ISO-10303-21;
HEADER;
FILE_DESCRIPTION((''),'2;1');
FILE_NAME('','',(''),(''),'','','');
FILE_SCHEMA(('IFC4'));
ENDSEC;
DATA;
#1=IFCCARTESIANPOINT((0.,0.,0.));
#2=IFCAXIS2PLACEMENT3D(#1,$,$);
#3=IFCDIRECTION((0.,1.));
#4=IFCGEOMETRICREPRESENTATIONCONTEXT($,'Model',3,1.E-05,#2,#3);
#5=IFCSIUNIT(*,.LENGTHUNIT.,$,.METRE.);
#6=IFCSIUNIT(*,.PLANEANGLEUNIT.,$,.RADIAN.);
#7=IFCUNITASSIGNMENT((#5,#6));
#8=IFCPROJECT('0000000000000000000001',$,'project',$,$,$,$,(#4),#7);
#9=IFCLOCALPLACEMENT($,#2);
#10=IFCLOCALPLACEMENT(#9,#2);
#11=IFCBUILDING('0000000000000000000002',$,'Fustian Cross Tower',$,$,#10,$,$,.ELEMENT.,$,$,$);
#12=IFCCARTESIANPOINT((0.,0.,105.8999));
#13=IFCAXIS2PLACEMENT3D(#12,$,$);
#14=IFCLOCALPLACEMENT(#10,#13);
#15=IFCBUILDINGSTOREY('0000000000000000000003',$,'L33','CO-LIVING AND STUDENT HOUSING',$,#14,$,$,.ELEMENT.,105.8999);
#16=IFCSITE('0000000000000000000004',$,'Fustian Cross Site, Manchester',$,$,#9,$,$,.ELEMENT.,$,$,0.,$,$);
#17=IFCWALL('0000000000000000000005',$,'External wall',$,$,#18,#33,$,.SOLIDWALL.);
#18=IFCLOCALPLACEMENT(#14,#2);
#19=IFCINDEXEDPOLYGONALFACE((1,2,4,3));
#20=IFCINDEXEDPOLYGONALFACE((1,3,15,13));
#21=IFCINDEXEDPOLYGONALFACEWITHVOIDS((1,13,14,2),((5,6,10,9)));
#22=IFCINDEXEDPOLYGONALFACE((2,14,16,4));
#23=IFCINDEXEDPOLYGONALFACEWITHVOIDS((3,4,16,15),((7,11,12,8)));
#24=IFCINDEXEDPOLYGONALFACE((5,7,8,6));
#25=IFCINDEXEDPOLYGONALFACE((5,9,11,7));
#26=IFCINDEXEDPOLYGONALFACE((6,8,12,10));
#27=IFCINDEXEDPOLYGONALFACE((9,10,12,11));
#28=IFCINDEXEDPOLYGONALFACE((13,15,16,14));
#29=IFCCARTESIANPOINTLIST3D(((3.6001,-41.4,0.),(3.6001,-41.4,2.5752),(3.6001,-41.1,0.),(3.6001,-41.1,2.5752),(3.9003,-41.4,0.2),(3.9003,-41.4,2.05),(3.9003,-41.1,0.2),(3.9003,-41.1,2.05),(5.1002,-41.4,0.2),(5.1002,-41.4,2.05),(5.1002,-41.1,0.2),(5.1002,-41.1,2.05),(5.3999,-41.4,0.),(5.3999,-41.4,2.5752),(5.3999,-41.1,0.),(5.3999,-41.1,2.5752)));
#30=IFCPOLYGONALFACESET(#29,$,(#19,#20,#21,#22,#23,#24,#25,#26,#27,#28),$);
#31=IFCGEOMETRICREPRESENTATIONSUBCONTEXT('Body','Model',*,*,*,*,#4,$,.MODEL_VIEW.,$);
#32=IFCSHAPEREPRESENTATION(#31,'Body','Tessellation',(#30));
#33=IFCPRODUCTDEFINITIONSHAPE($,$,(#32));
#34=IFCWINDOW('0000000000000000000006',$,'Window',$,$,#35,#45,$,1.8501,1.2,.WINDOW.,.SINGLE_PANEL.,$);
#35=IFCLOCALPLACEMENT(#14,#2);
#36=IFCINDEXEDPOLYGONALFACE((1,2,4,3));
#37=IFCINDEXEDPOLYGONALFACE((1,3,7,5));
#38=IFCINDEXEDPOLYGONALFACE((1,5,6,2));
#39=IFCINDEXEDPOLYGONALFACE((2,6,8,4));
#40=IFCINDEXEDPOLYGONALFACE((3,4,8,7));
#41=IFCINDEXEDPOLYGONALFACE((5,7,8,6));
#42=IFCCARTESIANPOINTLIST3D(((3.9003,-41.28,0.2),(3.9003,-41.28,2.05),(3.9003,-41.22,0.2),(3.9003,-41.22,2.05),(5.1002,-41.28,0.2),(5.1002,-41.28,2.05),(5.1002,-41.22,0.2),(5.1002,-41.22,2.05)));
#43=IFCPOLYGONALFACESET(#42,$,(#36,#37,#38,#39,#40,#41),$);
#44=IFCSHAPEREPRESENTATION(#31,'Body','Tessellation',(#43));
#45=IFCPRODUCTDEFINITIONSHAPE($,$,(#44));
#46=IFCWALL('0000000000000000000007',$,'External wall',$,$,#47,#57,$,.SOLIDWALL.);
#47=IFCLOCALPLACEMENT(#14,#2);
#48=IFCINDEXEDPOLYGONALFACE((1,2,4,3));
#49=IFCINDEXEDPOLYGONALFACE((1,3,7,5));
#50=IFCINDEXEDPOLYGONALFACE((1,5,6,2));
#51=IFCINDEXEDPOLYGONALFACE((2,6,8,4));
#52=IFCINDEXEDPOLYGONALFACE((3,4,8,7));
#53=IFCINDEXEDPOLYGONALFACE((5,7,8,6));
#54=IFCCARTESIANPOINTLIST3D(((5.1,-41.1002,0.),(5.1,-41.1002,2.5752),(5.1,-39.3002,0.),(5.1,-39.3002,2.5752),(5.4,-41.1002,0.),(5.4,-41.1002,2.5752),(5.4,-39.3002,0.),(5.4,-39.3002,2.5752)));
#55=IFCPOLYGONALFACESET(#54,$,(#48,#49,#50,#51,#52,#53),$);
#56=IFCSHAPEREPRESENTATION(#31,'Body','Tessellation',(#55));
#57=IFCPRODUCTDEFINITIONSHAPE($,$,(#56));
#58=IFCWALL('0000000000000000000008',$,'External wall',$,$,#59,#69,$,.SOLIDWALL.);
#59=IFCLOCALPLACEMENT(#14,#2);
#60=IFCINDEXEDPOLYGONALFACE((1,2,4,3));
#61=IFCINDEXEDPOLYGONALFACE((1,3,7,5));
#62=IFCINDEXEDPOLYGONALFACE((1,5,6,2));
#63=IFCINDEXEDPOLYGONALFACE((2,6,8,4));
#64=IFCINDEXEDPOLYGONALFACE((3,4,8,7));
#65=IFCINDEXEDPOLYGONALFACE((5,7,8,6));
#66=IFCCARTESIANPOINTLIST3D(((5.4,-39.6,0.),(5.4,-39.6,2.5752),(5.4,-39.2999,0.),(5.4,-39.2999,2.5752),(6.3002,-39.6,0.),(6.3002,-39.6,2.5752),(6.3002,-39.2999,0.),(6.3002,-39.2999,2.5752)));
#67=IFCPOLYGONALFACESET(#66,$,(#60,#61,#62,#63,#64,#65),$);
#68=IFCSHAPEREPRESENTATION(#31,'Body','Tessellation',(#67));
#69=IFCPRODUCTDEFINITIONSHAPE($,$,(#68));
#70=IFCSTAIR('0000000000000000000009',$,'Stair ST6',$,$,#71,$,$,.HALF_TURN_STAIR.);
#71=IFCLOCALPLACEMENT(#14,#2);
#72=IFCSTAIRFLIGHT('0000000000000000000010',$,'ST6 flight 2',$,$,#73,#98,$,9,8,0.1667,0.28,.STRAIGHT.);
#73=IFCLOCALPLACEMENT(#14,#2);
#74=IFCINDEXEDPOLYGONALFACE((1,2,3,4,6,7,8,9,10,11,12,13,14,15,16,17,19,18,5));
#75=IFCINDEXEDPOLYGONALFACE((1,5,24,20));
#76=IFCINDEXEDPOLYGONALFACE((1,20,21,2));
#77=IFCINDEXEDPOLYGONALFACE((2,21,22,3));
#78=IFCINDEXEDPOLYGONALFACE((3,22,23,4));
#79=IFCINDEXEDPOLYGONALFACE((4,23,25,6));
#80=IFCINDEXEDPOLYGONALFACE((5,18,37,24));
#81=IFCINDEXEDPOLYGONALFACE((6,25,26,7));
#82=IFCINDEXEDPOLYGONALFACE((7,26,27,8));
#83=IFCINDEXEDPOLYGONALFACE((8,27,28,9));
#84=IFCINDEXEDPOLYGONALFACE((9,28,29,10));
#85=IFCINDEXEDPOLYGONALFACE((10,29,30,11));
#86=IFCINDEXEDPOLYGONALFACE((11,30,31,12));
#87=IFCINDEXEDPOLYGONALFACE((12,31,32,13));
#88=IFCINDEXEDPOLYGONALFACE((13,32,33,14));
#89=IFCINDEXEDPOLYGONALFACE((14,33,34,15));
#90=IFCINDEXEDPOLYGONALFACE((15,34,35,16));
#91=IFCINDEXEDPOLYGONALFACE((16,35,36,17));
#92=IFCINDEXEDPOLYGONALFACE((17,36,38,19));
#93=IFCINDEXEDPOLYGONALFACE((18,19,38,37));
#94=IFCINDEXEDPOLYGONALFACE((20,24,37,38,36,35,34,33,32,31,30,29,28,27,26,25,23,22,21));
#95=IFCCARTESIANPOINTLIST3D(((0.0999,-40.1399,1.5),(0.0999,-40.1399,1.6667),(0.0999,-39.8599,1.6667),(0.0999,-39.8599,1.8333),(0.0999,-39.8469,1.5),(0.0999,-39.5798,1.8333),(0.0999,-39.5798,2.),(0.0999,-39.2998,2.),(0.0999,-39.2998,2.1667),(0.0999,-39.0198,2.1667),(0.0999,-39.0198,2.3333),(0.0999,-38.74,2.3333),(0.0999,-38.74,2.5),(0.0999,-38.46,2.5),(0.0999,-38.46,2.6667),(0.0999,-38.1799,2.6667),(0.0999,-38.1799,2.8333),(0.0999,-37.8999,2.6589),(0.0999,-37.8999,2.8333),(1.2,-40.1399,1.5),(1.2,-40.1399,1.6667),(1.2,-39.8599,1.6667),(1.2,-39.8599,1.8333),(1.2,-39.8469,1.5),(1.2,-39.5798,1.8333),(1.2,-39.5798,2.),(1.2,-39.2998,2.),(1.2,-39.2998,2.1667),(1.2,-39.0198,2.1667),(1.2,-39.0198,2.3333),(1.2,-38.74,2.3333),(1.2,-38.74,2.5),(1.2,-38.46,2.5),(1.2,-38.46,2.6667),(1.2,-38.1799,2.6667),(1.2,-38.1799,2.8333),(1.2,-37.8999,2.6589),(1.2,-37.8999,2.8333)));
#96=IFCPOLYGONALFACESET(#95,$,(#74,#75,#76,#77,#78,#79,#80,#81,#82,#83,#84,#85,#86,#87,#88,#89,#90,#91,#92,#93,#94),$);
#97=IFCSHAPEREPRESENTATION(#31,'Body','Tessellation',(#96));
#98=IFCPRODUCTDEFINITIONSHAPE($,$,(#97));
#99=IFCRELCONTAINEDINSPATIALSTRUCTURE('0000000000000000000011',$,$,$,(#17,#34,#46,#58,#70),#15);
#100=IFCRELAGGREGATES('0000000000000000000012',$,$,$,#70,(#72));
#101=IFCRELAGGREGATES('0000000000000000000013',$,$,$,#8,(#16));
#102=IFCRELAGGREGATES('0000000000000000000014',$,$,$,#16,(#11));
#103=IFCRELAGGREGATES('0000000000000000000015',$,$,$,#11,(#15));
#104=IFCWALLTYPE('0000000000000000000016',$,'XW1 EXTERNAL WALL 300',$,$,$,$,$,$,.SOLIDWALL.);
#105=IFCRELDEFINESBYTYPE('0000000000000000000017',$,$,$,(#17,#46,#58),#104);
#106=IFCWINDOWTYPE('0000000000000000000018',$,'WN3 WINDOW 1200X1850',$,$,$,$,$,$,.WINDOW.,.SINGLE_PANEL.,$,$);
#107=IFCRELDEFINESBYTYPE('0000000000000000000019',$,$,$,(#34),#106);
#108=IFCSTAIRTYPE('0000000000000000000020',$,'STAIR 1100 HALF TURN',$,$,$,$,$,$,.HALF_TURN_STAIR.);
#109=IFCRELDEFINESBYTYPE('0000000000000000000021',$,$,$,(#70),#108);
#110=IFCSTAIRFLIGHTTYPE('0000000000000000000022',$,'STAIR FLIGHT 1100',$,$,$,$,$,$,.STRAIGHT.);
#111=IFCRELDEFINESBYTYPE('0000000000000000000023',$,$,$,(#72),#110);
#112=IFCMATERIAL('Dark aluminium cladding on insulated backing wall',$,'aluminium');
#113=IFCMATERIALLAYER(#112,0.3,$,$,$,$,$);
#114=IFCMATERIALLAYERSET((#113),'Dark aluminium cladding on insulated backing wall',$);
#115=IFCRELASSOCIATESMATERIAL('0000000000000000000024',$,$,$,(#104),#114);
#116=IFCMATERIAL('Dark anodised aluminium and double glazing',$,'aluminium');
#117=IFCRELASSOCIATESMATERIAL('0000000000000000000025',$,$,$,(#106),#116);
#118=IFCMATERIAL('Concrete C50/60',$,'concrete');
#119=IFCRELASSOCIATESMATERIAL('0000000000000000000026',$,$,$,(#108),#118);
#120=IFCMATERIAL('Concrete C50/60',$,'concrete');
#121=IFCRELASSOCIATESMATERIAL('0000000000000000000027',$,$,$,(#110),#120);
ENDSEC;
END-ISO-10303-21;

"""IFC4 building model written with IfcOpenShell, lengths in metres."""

from ifc_helpers import new_model, si_unit, direction, frame, frame_2d, origin, place, context, subcontext, project, spatial, polyline, rectangle, outline, extrude, material, layer, layer_set, type_object, element, fill, aggregate, save


model = new_model("IFC4")

# Units and contexts
model_context = context("Model", 3, precision=1e-05, world=origin(), true_north=direction((0.0, 1.0)))
body_context = subcontext(model_context, "Body", "Model", "MODEL_VIEW")
ifc_project = project(units=[si_unit("LENGTHUNIT", "METRE"), si_unit("PLANEANGLEUNIT", "RADIAN")], contexts=[model_context])

# Site, building, storey
site_placement = place(None, origin())
site = spatial("IfcSite", under=ifc_project, at=site_placement, Name="Fustian Cross Site, Manchester", CompositionType="ELEMENT", RefElevation=0.0)
building_placement = place(site_placement, origin())
building = spatial("IfcBuilding", under=site, at=building_placement, Name="Fustian Cross Tower", CompositionType="ELEMENT")
storey_placement = place(building_placement, frame((0.0, 0.0, 105.8999)))
storey = spatial("IfcBuildingStorey", under=building, at=storey_placement, Name="L33", Description="CO-LIVING AND STUDENT HOUSING", CompositionType="ELEMENT", Elevation=105.8999)

# Shared definitions
ifc_material_1 = material(Name="Dark aluminium cladding on insulated backing wall", Category="aluminium")
ifc_layer_1 = layer(ifc_material_1, 0.3)
ifc_layer_set_1 = layer_set([ifc_layer_1], Name="Dark aluminium cladding on insulated backing wall")
wall_type_1 = type_object("IfcWallType", Name="XW1 EXTERNAL WALL 300", PredefinedType="SOLIDWALL", material=ifc_layer_set_1)

# Wall, opening, window
wall_1_placement = place(storey_placement, frame((3.6001, -41.25, 0.0), z_axis=(0.0, 0.0, 1.0), x_axis=(1.0, 0.0, 0.0)))
wall_1 = element("IfcWall", 1, at=wall_1_placement, inside=storey, type_object=wall_type_1, Name="External wall", PredefinedType="SOLIDWALL", context=body_context, shape_type="SweptSolid", body=[
    extrude(rectangle(XDim=1.7998, YDim=0.3, at=frame_2d((0.8999, 0.0))), origin(), (0.0, 0.0, 1.0), 2.5752),
])
opening_1_placement = place(wall_1_placement, frame((0.3, 0.0, 0.2)))
opening_1 = element("IfcOpeningElement", 2, at=opening_1_placement, cuts=wall_1, PredefinedType="OPENING", context=body_context, shape_type="SweptSolid", body=[
    extrude(rectangle(XDim=1.2, YDim=1.8501, at=frame_2d((0.6001, 0.925))), frame((0.0, 0.1599, 0.0), z_axis=(0.0, -1.0, 0.0), x_axis=(1.0, 0.0, 0.0)), (0.0, 0.0, 1.0), 0.3201),
])
ifc_material_2 = material(Name="Dark anodised aluminium and double glazing", Category="aluminium")
window_type = type_object("IfcWindowType", Name="WN3 WINDOW 1200X1850", PartitioningType="SINGLE_PANEL", PredefinedType="WINDOW", material=ifc_material_2)
window_placement = place(opening_1_placement, origin())
window = element("IfcWindow", 3, at=window_placement, inside=storey, type_object=window_type, Name="Window", OverallHeight=1.8501, OverallWidth=1.2, PartitioningType="SINGLE_PANEL", PredefinedType="WINDOW", context=body_context, shape_type="SweptSolid", body=[
    extrude(rectangle(XDim=1.2, YDim=1.8501, at=frame_2d((0.6001, 0.925))), frame((0.0, 0.03, 0.0), z_axis=(0.0, -1.0, 0.0), x_axis=(1.0, 0.0, 0.0)), (0.0, 0.0, 1.0), 0.0601),
])
fill(opening_1, window)

# Walls
wall_2_placement = place(storey_placement, frame((5.25, -41.1001, 0.0), z_axis=(0.0, 0.0, 1.0), x_axis=(0.0, 1.0, 0.0)))
element("IfcWall", 4, at=wall_2_placement, inside=storey, type_object=wall_type_1, Name="External wall", PredefinedType="SOLIDWALL", context=body_context, shape_type="SweptSolid", body=[
    extrude(rectangle(XDim=1.8, YDim=0.3, at=frame_2d((0.8999, 0.0))), origin(), (0.0, 0.0, 1.0), 2.5752),
])
wall_3_placement = place(storey_placement, frame((5.3999, -39.45, 0.0), z_axis=(0.0, 0.0, 1.0), x_axis=(1.0, 0.0, 0.0)))
element("IfcWall", 5, at=wall_3_placement, inside=storey, type_object=wall_type_1, Name="External wall", PredefinedType="SOLIDWALL", context=body_context, shape_type="SweptSolid", body=[
    extrude(rectangle(XDim=0.9001, YDim=0.3, at=frame_2d((0.4502, 0.0))), origin(), (0.0, 0.0, 1.0), 2.5752),
])

# Stair, stair flight
ifc_material_3 = material(Name="Concrete C50/60", Category="concrete")
stair_type = type_object("IfcStairType", Name="STAIR 1100 HALF TURN", PredefinedType="HALF_TURN_STAIR", material=ifc_material_3)
stair_placement = place(storey_placement, origin())
stair = element("IfcStair", 6, at=stair_placement, inside=storey, type_object=stair_type, Name="Stair ST6", PredefinedType="HALF_TURN_STAIR")
ifc_material_4 = material(Name="Concrete C50/60", Category="concrete")
stair_flight_type = type_object("IfcStairFlightType", Name="STAIR FLIGHT 1100", PredefinedType="STRAIGHT", material=ifc_material_4)
stair_flight_placement = place(storey_placement, frame((0.6499, -40.1399, 1.5), z_axis=(0.0, 0.0, 1.0), x_axis=(0.0, 1.0, 0.0)))
stair_flight = element("IfcStairFlight", 7, at=stair_flight_placement, type_object=stair_flight_type, Name="ST6 flight 2", NumberOfRisers=9, NumberOfTreads=8, PredefinedType="STRAIGHT", RiserHeight=0.1667, TreadLength=0.28, context=body_context, shape_type="SweptSolid", body=[
    extrude(outline(polyline([(0.0, 0.0), (0.0, 0.1667), (0.28, 0.1667), (0.28, 0.3333), (0.5601, 0.3333), (0.5601, 0.5), (0.8401, 0.5), (0.8401, 0.6667), (1.1201, 0.6667), (1.1201, 0.8333), (1.3999, 0.8333), (1.3999, 1.0), (1.6799, 1.0), (1.6799, 1.1667), (1.96, 1.1667), (1.96, 1.3333), (2.24, 1.3333), (2.24, 1.5), (2.24, 1.1589), (0.293, 0.0), (0.0, 0.0)])), frame((0.0, 0.55, 0.0), z_axis=(0.0, -1.0, 0.0), x_axis=(1.0, 0.0, 0.0)), (0.0, 0.0, 1.0), 1.1001),
])
aggregate(stair, [stair_flight])

save(model, "model.ifc")
